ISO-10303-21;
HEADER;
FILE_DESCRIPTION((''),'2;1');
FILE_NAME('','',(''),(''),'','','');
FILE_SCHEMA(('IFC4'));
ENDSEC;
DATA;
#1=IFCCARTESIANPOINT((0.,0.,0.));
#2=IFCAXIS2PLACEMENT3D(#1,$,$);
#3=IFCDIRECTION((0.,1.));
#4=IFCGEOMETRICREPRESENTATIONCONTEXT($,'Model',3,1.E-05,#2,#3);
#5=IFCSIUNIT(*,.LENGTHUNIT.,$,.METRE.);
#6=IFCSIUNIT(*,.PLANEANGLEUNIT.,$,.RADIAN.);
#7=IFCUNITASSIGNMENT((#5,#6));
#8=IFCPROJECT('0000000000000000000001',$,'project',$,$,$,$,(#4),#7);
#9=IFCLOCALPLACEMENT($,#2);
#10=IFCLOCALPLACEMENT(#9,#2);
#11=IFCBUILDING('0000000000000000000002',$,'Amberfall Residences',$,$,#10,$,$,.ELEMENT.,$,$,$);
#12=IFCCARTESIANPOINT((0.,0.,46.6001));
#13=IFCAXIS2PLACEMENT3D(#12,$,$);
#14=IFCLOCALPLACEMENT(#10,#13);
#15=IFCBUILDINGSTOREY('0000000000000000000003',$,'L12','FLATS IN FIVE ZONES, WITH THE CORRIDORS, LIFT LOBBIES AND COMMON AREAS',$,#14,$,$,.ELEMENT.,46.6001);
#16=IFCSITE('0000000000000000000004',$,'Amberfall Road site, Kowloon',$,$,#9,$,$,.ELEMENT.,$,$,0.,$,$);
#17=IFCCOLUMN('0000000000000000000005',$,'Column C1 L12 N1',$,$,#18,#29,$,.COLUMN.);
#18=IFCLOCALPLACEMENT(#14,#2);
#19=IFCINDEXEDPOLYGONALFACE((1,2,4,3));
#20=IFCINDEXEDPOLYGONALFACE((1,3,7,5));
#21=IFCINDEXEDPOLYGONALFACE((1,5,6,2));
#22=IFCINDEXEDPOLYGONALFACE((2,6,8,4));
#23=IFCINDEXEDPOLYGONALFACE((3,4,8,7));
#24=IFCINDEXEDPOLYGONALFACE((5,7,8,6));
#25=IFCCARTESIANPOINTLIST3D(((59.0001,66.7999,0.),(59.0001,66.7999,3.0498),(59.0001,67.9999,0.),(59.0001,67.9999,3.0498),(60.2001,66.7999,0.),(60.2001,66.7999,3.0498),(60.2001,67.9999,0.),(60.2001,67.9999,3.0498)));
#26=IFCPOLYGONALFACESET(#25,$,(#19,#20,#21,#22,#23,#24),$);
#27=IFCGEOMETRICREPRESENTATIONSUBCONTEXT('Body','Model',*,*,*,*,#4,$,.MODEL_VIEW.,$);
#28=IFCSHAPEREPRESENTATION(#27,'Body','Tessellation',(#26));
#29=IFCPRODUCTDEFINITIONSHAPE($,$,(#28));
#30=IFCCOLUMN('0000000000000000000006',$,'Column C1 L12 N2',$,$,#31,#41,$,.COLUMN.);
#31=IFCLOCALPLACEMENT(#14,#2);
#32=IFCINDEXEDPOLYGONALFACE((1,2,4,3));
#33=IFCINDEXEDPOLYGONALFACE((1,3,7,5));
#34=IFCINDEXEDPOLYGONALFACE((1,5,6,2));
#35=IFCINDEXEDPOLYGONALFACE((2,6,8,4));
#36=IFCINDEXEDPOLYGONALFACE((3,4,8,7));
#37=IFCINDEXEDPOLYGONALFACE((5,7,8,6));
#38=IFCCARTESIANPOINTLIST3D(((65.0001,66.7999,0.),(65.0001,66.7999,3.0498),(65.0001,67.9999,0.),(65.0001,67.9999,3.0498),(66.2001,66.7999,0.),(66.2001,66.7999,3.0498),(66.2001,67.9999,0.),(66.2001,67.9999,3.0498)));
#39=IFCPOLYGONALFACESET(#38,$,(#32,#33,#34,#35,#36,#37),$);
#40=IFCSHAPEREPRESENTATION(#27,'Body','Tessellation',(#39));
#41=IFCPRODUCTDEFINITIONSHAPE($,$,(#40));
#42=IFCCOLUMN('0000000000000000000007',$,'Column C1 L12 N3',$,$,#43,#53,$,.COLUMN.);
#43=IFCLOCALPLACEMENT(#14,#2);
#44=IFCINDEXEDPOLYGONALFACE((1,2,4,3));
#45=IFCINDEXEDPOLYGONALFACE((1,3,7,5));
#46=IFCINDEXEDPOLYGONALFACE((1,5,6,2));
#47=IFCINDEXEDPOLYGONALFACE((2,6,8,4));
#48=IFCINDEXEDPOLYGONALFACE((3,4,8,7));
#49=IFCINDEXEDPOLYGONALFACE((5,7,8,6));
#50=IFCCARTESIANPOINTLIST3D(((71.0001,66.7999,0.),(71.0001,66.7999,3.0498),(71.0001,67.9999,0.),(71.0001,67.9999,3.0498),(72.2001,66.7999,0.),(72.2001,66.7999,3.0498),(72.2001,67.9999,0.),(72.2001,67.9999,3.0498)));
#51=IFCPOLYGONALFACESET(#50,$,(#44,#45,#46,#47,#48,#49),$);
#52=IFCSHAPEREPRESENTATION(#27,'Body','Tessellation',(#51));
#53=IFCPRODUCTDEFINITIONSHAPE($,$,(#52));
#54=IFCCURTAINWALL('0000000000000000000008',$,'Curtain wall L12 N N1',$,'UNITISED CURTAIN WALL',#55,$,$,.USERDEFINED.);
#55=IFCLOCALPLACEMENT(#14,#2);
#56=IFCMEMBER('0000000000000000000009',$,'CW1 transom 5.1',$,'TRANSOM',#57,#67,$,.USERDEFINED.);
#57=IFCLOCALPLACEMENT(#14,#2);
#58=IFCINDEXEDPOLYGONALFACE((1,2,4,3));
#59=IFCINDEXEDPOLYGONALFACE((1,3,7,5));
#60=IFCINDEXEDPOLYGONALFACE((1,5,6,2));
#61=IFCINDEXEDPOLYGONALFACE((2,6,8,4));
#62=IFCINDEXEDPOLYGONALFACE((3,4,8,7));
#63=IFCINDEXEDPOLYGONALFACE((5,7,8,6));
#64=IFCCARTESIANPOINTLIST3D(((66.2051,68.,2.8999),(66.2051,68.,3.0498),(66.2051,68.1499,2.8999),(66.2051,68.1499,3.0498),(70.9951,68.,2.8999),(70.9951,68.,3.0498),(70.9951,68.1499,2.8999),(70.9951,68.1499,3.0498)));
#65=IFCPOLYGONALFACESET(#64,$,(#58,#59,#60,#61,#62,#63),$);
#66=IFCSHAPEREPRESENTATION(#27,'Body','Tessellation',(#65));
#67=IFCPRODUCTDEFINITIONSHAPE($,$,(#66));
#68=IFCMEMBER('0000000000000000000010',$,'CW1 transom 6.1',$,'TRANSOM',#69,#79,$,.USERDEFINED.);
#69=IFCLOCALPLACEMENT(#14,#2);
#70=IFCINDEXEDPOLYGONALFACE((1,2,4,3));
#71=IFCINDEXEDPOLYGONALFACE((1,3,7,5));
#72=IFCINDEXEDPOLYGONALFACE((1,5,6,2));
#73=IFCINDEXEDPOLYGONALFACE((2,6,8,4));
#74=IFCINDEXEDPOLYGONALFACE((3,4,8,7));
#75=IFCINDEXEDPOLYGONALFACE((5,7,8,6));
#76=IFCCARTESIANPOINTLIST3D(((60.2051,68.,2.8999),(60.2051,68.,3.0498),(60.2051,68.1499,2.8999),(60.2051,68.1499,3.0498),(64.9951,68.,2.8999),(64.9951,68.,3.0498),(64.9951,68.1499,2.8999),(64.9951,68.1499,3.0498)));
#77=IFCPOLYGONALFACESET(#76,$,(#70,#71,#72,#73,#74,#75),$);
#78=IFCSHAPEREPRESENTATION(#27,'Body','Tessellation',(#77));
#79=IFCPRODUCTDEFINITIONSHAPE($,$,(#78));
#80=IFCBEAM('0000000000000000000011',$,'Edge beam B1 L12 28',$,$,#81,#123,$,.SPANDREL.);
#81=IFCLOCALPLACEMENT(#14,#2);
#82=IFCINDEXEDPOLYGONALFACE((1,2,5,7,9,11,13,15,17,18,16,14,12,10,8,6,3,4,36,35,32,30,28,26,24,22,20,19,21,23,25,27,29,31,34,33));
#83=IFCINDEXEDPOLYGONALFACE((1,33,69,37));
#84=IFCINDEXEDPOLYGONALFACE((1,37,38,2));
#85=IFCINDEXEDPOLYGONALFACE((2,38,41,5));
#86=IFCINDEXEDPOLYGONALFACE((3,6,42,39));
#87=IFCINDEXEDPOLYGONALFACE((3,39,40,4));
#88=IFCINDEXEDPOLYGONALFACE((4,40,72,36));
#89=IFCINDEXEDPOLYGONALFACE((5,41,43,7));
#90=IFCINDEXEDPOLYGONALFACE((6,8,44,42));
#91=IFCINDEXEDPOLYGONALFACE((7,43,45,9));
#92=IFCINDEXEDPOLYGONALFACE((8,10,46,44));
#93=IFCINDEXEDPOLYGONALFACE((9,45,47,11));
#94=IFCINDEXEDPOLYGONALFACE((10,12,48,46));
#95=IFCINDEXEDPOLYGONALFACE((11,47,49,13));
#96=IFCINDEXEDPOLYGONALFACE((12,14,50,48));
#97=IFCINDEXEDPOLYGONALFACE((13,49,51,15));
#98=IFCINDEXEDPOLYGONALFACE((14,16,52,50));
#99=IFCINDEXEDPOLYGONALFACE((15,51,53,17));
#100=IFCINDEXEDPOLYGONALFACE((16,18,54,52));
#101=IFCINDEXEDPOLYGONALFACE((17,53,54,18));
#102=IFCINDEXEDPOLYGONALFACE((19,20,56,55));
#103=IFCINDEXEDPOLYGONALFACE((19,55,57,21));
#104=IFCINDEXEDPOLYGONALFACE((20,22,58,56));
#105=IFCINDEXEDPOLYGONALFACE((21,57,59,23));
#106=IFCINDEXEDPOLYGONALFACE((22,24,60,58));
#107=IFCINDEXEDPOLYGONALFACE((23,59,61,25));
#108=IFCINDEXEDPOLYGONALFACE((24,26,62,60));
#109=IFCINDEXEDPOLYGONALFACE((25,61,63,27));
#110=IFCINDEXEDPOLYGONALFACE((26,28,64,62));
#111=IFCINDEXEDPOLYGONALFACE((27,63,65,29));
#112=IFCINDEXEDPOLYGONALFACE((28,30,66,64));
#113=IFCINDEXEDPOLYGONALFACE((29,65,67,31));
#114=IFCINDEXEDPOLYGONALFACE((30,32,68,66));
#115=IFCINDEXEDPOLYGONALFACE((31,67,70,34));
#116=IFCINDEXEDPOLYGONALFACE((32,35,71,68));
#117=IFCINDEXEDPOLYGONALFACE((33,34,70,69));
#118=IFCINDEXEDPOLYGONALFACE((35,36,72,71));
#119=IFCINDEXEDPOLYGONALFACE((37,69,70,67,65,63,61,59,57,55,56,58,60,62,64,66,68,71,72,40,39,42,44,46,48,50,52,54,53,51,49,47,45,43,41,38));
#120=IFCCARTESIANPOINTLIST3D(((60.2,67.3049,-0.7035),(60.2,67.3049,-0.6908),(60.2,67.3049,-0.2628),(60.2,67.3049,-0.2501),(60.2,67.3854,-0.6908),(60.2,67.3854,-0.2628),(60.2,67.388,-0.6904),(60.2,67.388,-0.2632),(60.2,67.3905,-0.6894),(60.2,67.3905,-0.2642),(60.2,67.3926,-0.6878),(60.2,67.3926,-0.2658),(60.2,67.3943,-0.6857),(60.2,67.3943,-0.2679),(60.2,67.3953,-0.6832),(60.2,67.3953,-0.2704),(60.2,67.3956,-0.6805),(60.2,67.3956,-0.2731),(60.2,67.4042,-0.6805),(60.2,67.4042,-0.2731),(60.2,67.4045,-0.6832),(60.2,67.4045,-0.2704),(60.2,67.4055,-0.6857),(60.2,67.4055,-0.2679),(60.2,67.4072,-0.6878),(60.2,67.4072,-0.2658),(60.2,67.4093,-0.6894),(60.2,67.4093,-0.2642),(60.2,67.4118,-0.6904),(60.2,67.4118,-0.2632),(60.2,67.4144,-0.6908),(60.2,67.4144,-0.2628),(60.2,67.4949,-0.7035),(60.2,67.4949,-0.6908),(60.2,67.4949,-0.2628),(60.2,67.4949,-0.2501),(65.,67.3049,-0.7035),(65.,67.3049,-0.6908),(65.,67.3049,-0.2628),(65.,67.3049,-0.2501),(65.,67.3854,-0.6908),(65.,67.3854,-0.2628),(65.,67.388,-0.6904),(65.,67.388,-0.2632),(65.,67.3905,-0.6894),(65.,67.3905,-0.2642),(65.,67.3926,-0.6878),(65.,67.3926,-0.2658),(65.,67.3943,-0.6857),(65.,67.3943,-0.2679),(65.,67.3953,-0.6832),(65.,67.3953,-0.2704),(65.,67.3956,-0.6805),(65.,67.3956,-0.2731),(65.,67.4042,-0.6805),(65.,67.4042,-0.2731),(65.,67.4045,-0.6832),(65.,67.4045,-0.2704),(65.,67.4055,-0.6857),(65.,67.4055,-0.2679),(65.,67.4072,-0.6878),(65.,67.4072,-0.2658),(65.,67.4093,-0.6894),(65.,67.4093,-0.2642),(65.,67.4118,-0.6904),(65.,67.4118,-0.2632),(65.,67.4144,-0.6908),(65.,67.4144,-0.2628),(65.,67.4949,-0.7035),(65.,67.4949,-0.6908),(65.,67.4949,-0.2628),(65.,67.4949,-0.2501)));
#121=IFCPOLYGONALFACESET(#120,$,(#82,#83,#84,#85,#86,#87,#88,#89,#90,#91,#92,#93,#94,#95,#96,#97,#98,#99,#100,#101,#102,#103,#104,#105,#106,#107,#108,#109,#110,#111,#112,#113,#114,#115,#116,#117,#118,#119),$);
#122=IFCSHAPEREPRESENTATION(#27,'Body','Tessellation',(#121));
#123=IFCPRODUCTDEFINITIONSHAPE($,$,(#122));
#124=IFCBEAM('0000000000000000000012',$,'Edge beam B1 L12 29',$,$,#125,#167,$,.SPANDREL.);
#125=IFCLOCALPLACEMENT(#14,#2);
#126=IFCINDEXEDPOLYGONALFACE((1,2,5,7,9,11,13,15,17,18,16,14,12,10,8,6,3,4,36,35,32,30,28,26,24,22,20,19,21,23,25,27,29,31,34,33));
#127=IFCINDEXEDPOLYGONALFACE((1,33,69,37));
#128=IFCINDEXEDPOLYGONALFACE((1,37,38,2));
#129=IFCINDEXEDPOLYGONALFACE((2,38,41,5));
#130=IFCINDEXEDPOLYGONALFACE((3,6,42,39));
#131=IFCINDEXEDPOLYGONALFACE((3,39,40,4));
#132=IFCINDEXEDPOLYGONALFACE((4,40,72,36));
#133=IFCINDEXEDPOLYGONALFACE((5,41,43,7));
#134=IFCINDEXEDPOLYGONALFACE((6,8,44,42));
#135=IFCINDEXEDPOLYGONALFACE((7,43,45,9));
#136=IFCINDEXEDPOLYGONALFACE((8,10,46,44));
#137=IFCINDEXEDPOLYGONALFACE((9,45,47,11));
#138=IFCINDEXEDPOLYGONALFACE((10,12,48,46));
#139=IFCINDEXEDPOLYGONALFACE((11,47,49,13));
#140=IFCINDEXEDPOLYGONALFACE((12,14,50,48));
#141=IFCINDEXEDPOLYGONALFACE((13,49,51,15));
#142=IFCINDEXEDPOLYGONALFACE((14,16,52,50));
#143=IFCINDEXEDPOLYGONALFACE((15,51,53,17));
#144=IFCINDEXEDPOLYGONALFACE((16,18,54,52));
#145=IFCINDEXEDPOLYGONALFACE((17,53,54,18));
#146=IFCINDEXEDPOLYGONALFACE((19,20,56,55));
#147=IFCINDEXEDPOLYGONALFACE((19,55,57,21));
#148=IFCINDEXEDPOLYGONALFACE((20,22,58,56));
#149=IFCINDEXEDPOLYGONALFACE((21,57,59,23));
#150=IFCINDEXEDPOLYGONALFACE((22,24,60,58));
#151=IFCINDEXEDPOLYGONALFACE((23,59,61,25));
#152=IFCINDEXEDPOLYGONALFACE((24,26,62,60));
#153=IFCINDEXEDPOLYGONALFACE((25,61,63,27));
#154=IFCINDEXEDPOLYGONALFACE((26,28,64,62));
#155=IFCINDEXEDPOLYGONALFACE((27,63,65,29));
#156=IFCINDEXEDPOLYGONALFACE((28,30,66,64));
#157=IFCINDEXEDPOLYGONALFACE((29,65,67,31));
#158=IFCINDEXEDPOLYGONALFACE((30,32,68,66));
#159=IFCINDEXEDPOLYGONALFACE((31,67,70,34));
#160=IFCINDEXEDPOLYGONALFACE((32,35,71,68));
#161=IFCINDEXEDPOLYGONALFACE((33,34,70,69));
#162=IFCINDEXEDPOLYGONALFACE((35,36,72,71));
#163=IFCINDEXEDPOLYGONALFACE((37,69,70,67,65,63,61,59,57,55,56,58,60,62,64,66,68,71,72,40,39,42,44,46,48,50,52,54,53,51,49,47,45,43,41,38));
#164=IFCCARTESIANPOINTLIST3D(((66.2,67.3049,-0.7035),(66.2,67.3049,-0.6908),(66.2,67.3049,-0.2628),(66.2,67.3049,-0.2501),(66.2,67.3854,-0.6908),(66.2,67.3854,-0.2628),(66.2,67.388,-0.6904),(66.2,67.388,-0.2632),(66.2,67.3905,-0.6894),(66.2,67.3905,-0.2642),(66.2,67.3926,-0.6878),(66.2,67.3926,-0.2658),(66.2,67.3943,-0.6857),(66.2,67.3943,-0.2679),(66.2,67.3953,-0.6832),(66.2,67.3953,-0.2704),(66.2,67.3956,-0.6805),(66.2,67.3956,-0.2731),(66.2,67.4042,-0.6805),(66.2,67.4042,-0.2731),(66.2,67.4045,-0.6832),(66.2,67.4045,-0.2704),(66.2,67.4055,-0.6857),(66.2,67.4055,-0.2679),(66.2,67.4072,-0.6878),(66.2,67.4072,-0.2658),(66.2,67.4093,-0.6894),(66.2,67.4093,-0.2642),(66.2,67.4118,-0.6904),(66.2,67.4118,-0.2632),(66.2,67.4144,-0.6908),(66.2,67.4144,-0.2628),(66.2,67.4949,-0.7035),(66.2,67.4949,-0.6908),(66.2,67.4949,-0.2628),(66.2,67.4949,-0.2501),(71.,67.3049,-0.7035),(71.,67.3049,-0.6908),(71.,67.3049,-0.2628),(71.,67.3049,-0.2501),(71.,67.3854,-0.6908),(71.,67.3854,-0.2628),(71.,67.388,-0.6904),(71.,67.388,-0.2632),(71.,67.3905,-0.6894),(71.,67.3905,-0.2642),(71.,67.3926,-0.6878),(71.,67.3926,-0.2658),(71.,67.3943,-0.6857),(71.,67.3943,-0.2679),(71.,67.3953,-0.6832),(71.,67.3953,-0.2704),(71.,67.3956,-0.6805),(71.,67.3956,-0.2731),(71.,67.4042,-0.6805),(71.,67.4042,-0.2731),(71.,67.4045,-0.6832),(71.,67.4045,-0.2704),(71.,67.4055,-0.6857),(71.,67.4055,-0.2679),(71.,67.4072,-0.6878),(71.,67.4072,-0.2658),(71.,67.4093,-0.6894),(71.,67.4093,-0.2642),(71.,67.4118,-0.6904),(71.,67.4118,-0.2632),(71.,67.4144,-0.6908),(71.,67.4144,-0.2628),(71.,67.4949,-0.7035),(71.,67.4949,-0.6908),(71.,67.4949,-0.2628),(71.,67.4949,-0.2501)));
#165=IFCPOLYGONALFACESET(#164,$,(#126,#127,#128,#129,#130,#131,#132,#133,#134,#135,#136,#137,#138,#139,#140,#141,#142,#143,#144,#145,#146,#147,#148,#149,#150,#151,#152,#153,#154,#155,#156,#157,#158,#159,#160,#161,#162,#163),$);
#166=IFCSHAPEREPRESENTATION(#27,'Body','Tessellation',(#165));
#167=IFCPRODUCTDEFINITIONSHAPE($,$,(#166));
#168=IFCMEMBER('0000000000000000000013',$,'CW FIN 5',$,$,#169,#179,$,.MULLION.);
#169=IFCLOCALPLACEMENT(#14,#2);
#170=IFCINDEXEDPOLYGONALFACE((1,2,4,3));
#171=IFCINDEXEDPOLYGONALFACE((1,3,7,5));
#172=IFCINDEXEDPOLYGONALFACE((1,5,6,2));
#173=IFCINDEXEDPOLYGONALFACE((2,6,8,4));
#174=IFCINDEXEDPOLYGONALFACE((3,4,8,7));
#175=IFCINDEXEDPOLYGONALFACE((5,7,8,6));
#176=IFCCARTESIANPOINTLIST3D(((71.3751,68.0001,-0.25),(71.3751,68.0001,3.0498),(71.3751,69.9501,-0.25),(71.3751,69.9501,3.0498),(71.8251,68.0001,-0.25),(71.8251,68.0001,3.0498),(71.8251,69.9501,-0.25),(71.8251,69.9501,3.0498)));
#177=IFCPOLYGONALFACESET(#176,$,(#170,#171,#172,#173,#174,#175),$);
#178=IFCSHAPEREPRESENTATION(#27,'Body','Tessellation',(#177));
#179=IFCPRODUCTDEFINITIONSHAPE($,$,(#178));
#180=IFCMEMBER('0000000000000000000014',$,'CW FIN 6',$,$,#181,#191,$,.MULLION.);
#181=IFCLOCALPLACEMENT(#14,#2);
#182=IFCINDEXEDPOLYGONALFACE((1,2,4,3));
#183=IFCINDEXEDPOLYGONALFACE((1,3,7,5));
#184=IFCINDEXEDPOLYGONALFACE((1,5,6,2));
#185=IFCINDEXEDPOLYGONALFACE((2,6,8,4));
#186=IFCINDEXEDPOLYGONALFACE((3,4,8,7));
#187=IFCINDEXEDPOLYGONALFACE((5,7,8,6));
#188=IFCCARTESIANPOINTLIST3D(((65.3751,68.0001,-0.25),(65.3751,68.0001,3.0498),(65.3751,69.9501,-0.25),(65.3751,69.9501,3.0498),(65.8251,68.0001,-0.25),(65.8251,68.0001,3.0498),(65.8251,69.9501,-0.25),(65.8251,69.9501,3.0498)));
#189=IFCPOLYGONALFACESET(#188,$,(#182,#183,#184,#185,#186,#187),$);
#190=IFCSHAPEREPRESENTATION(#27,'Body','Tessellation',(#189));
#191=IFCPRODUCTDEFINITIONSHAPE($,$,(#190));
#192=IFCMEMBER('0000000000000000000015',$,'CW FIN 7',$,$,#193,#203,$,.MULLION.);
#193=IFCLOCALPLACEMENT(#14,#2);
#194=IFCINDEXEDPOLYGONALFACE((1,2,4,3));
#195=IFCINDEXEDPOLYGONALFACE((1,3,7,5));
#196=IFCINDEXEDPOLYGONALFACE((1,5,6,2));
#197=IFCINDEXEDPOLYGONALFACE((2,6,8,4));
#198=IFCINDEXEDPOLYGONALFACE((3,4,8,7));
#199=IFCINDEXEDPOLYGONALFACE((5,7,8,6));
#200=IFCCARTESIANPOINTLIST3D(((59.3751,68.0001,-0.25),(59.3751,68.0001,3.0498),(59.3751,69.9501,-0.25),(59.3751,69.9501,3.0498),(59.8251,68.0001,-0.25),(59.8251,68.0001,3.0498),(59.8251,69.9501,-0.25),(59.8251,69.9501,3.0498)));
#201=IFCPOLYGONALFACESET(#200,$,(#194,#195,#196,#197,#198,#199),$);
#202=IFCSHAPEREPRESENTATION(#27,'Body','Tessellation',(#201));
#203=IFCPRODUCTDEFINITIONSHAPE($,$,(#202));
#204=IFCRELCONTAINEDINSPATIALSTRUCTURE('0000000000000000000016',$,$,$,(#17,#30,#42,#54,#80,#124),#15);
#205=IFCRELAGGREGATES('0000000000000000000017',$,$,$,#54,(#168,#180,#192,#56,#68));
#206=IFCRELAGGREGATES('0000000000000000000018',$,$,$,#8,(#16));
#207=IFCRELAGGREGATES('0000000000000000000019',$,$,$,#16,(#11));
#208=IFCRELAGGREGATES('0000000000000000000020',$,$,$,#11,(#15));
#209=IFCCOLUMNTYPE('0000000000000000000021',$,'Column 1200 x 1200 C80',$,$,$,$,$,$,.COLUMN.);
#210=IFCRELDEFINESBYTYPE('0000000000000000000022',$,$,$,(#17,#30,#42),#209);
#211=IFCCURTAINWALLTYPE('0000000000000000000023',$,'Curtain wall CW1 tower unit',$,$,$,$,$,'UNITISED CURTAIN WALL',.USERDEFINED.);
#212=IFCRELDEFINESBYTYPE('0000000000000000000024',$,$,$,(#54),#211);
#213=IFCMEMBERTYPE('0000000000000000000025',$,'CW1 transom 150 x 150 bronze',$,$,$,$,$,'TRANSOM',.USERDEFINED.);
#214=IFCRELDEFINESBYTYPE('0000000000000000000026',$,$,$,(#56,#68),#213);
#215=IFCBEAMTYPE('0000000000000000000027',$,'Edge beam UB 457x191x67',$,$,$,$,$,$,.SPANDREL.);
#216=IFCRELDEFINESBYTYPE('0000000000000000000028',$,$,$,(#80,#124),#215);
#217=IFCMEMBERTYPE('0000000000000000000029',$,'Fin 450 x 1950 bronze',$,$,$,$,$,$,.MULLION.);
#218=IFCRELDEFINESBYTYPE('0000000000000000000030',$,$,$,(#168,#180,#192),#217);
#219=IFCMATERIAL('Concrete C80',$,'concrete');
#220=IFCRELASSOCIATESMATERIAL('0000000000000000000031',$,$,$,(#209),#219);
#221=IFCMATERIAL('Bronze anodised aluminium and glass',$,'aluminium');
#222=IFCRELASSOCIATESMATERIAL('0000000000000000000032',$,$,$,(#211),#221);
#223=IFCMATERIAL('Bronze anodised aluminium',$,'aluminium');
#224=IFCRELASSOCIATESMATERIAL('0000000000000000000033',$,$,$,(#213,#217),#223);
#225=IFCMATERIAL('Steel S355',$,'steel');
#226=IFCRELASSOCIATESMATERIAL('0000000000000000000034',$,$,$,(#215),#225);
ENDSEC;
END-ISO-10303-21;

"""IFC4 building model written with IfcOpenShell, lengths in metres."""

from ifc_helpers import new_model, si_unit, direction, frame, origin, origin_2d, place, context, subcontext, project, spatial, rectangle, i_section, extrude, material, material_profile, profile_set, type_object, element, aggregate, save


model = new_model("IFC4")

# Units and contexts
model_context = context("Model", 3, precision=1e-05, world=origin(), true_north=direction((0.0, 1.0)))
body_context = subcontext(model_context, "Body", "Model", "MODEL_VIEW")
ifc_project = project(units=[si_unit("LENGTHUNIT", "METRE"), si_unit("PLANEANGLEUNIT", "RADIAN")], contexts=[model_context])

# Site, building, storey
site_placement = place(None, origin())
site = spatial("IfcSite", under=ifc_project, at=site_placement, Name="Amberfall Road site, Kowloon", CompositionType="ELEMENT", RefElevation=0.0)
building_placement = place(site_placement, origin())
building = spatial("IfcBuilding", under=site, at=building_placement, Name="Amberfall Residences", CompositionType="ELEMENT")
storey_placement = place(building_placement, frame((0.0, 0.0, 46.6001)))
storey = spatial("IfcBuildingStorey", under=building, at=storey_placement, Name="L12", Description="FLATS IN FIVE ZONES, WITH THE CORRIDORS, LIFT LOBBIES AND COMMON AREAS", CompositionType="ELEMENT", Elevation=46.6001)

# Columns
ifc_material_1 = material(Name="Concrete C80", Category="concrete")
ifc_material_profile_1 = material_profile(ifc_material_1, rectangle(XDim=1.2, YDim=1.2, at=origin_2d()), Name="Column 1200 x 1200 C80")
ifc_profile_set_1 = profile_set([ifc_material_profile_1], Name="Concrete C80")
column_type = type_object("IfcColumnType", Name="Column 1200 x 1200 C80", PredefinedType="COLUMN", material=ifc_profile_set_1)
for number, where, z_axis, x_axis, name in (
    (1, (59.6001, 67.3999, 0.0), (0.0, 0.0, 1.0), (1.0, 0.0, 0.0), "Column C1 L12 N1"),
    (2, (65.6001, 67.3999, 0.0), (0.0, 0.0, 1.0), (1.0, 0.0, 0.0), "Column C1 L12 N2"),
    (3, (71.6001, 67.3999, 0.0), (0.0, 0.0, 1.0), (1.0, 0.0, 0.0), "Column C1 L12 N3"),
):
    element("IfcColumn", number, at=place(storey_placement, frame(where, z_axis=z_axis, x_axis=x_axis)), inside=storey, type_object=column_type, Name=name, PredefinedType="COLUMN", context=body_context, shape_type="SweptSolid", body=[
        extrude(rectangle(XDim=1.2, YDim=1.2, at=origin_2d()), origin(), (0.0, 0.0, 1.0), 3.0498),
    ])

# Curtain wall, members
ifc_material_2 = material(Name="Bronze anodised aluminium and glass", Category="aluminium")
curtain_wall_type = type_object("IfcCurtainWallType", Name="Curtain wall CW1 tower unit", ElementType="UNITISED CURTAIN WALL", PredefinedType="USERDEFINED", material=ifc_material_2)
curtain_wall_placement = place(storey_placement, origin())
curtain_wall = element("IfcCurtainWall", 4, at=curtain_wall_placement, inside=storey, type_object=curtain_wall_type, Name="Curtain wall L12 N N1", ObjectType="UNITISED CURTAIN WALL", PredefinedType="USERDEFINED")
ifc_material_3 = material(Name="Bronze anodised aluminium", Category="aluminium")
ifc_material_profile_2 = material_profile(ifc_material_3, rectangle(XDim=0.1499, YDim=0.1499, at=origin_2d()), Name="CW1 transom 150 x 150 bronze")
ifc_profile_set_2 = profile_set([ifc_material_profile_2], Name="Bronze anodised aluminium")
member_type_1 = type_object("IfcMemberType", Name="CW1 transom 150 x 150 bronze", ElementType="TRANSOM", PredefinedType="USERDEFINED", material=ifc_profile_set_2)
member_1_placement = place(storey_placement, frame((70.9951, 68.075, 2.9749), z_axis=(-1.0, 0.0, 0.0), x_axis=(0.0, -1.0, 0.0)))
member_1 = element("IfcMember", 5, at=member_1_placement, type_object=member_type_1, Name="CW1 transom 5.1", ObjectType="TRANSOM", PredefinedType="USERDEFINED", context=body_context, shape_type="SweptSolid", body=[
    extrude(rectangle(XDim=0.1499, YDim=0.1499, at=origin_2d()), origin(), (0.0, 0.0, 1.0), 4.79),
])
member_2_placement = place(storey_placement, frame((64.9951, 68.075, 2.9749), z_axis=(-1.0, 0.0, 0.0), x_axis=(0.0, -1.0, 0.0)))
member_2 = element("IfcMember", 6, at=member_2_placement, type_object=member_type_1, Name="CW1 transom 6.1", ObjectType="TRANSOM", PredefinedType="USERDEFINED", context=body_context, shape_type="SweptSolid", body=[
    extrude(rectangle(XDim=0.1499, YDim=0.1499, at=origin_2d()), origin(), (0.0, 0.0, 1.0), 4.79),
])

# Beams
ifc_material_4 = material(Name="Steel S355", Category="steel")
ifc_material_profile_3 = material_profile(ifc_material_4, i_section(OverallWidth=0.1899, OverallDepth=0.4534, WebThickness=0.0085, FlangeThickness=0.0127, FilletRadius=0.0103, at=origin_2d()), Name="UB 457x191x67")
ifc_profile_set_3 = profile_set([ifc_material_profile_3], Name="Steel S355")
beam_type_1 = type_object("IfcBeamType", Name="Edge beam UB 457x191x67", PredefinedType="SPANDREL", material=ifc_profile_set_3)
for number, where, z_axis, x_axis, name in (
    (7, (60.2, 67.3999, -0.4768), (1.0, 0.0, 0.0), (0.0, 1.0, 0.0), "Edge beam B1 L12 28"),
    (8, (66.2, 67.3999, -0.4768), (1.0, 0.0, 0.0), (0.0, 1.0, 0.0), "Edge beam B1 L12 29"),
):
    element("IfcBeam", number, at=place(storey_placement, frame(where, z_axis=z_axis, x_axis=x_axis)), inside=storey, type_object=beam_type_1, Name=name, PredefinedType="SPANDREL", context=body_context, shape_type="SweptSolid", body=[
        extrude(i_section(OverallWidth=0.1899, OverallDepth=0.4534, WebThickness=0.0085, FlangeThickness=0.0127, FilletRadius=0.0103, at=origin_2d()), origin(), (0.0, 0.0, 1.0), 4.8),
    ])

# Members
ifc_material_profile_4 = material_profile(ifc_material_3, rectangle(XDim=1.95, YDim=0.45, at=origin_2d()), Name="Fin 450 x 1950 bronze")
ifc_profile_set_4 = profile_set([ifc_material_profile_4], Name="Bronze anodised aluminium")
member_type_2 = type_object("IfcMemberType", Name="Fin 450 x 1950 bronze", PredefinedType="MULLION", material=ifc_profile_set_4)
member_3_placement = place(storey_placement, frame((71.6001, 68.9751, -0.25), z_axis=(0.0, 0.0, 1.0), x_axis=(0.0, -1.0, 0.0)))
member_3 = element("IfcMember", 9, at=member_3_placement, type_object=member_type_2, Name="CW FIN 5", PredefinedType="MULLION", context=body_context, shape_type="SweptSolid", body=[
    extrude(rectangle(XDim=1.95, YDim=0.45, at=origin_2d()), origin(), (0.0, 0.0, 1.0), 3.2998),
])
member_4_placement = place(storey_placement, frame((65.6001, 68.9751, -0.25), z_axis=(0.0, 0.0, 1.0), x_axis=(0.0, -1.0, 0.0)))
member_4 = element("IfcMember", 10, at=member_4_placement, type_object=member_type_2, Name="CW FIN 6", PredefinedType="MULLION", context=body_context, shape_type="SweptSolid", body=[
    extrude(rectangle(XDim=1.95, YDim=0.45, at=origin_2d()), origin(), (0.0, 0.0, 1.0), 3.2998),
])
member_5_placement = place(storey_placement, frame((59.6001, 68.9751, -0.25), z_axis=(0.0, 0.0, 1.0), x_axis=(0.0, -1.0, 0.0)))
member_5 = element("IfcMember", 11, at=member_5_placement, type_object=member_type_2, Name="CW FIN 7", PredefinedType="MULLION", context=body_context, shape_type="SweptSolid", body=[
    extrude(rectangle(XDim=1.95, YDim=0.45, at=origin_2d()), origin(), (0.0, 0.0, 1.0), 3.2998),
])

aggregate(curtain_wall, [member_3, member_4, member_5, member_1, member_2])

save(model, "model.ifc")
